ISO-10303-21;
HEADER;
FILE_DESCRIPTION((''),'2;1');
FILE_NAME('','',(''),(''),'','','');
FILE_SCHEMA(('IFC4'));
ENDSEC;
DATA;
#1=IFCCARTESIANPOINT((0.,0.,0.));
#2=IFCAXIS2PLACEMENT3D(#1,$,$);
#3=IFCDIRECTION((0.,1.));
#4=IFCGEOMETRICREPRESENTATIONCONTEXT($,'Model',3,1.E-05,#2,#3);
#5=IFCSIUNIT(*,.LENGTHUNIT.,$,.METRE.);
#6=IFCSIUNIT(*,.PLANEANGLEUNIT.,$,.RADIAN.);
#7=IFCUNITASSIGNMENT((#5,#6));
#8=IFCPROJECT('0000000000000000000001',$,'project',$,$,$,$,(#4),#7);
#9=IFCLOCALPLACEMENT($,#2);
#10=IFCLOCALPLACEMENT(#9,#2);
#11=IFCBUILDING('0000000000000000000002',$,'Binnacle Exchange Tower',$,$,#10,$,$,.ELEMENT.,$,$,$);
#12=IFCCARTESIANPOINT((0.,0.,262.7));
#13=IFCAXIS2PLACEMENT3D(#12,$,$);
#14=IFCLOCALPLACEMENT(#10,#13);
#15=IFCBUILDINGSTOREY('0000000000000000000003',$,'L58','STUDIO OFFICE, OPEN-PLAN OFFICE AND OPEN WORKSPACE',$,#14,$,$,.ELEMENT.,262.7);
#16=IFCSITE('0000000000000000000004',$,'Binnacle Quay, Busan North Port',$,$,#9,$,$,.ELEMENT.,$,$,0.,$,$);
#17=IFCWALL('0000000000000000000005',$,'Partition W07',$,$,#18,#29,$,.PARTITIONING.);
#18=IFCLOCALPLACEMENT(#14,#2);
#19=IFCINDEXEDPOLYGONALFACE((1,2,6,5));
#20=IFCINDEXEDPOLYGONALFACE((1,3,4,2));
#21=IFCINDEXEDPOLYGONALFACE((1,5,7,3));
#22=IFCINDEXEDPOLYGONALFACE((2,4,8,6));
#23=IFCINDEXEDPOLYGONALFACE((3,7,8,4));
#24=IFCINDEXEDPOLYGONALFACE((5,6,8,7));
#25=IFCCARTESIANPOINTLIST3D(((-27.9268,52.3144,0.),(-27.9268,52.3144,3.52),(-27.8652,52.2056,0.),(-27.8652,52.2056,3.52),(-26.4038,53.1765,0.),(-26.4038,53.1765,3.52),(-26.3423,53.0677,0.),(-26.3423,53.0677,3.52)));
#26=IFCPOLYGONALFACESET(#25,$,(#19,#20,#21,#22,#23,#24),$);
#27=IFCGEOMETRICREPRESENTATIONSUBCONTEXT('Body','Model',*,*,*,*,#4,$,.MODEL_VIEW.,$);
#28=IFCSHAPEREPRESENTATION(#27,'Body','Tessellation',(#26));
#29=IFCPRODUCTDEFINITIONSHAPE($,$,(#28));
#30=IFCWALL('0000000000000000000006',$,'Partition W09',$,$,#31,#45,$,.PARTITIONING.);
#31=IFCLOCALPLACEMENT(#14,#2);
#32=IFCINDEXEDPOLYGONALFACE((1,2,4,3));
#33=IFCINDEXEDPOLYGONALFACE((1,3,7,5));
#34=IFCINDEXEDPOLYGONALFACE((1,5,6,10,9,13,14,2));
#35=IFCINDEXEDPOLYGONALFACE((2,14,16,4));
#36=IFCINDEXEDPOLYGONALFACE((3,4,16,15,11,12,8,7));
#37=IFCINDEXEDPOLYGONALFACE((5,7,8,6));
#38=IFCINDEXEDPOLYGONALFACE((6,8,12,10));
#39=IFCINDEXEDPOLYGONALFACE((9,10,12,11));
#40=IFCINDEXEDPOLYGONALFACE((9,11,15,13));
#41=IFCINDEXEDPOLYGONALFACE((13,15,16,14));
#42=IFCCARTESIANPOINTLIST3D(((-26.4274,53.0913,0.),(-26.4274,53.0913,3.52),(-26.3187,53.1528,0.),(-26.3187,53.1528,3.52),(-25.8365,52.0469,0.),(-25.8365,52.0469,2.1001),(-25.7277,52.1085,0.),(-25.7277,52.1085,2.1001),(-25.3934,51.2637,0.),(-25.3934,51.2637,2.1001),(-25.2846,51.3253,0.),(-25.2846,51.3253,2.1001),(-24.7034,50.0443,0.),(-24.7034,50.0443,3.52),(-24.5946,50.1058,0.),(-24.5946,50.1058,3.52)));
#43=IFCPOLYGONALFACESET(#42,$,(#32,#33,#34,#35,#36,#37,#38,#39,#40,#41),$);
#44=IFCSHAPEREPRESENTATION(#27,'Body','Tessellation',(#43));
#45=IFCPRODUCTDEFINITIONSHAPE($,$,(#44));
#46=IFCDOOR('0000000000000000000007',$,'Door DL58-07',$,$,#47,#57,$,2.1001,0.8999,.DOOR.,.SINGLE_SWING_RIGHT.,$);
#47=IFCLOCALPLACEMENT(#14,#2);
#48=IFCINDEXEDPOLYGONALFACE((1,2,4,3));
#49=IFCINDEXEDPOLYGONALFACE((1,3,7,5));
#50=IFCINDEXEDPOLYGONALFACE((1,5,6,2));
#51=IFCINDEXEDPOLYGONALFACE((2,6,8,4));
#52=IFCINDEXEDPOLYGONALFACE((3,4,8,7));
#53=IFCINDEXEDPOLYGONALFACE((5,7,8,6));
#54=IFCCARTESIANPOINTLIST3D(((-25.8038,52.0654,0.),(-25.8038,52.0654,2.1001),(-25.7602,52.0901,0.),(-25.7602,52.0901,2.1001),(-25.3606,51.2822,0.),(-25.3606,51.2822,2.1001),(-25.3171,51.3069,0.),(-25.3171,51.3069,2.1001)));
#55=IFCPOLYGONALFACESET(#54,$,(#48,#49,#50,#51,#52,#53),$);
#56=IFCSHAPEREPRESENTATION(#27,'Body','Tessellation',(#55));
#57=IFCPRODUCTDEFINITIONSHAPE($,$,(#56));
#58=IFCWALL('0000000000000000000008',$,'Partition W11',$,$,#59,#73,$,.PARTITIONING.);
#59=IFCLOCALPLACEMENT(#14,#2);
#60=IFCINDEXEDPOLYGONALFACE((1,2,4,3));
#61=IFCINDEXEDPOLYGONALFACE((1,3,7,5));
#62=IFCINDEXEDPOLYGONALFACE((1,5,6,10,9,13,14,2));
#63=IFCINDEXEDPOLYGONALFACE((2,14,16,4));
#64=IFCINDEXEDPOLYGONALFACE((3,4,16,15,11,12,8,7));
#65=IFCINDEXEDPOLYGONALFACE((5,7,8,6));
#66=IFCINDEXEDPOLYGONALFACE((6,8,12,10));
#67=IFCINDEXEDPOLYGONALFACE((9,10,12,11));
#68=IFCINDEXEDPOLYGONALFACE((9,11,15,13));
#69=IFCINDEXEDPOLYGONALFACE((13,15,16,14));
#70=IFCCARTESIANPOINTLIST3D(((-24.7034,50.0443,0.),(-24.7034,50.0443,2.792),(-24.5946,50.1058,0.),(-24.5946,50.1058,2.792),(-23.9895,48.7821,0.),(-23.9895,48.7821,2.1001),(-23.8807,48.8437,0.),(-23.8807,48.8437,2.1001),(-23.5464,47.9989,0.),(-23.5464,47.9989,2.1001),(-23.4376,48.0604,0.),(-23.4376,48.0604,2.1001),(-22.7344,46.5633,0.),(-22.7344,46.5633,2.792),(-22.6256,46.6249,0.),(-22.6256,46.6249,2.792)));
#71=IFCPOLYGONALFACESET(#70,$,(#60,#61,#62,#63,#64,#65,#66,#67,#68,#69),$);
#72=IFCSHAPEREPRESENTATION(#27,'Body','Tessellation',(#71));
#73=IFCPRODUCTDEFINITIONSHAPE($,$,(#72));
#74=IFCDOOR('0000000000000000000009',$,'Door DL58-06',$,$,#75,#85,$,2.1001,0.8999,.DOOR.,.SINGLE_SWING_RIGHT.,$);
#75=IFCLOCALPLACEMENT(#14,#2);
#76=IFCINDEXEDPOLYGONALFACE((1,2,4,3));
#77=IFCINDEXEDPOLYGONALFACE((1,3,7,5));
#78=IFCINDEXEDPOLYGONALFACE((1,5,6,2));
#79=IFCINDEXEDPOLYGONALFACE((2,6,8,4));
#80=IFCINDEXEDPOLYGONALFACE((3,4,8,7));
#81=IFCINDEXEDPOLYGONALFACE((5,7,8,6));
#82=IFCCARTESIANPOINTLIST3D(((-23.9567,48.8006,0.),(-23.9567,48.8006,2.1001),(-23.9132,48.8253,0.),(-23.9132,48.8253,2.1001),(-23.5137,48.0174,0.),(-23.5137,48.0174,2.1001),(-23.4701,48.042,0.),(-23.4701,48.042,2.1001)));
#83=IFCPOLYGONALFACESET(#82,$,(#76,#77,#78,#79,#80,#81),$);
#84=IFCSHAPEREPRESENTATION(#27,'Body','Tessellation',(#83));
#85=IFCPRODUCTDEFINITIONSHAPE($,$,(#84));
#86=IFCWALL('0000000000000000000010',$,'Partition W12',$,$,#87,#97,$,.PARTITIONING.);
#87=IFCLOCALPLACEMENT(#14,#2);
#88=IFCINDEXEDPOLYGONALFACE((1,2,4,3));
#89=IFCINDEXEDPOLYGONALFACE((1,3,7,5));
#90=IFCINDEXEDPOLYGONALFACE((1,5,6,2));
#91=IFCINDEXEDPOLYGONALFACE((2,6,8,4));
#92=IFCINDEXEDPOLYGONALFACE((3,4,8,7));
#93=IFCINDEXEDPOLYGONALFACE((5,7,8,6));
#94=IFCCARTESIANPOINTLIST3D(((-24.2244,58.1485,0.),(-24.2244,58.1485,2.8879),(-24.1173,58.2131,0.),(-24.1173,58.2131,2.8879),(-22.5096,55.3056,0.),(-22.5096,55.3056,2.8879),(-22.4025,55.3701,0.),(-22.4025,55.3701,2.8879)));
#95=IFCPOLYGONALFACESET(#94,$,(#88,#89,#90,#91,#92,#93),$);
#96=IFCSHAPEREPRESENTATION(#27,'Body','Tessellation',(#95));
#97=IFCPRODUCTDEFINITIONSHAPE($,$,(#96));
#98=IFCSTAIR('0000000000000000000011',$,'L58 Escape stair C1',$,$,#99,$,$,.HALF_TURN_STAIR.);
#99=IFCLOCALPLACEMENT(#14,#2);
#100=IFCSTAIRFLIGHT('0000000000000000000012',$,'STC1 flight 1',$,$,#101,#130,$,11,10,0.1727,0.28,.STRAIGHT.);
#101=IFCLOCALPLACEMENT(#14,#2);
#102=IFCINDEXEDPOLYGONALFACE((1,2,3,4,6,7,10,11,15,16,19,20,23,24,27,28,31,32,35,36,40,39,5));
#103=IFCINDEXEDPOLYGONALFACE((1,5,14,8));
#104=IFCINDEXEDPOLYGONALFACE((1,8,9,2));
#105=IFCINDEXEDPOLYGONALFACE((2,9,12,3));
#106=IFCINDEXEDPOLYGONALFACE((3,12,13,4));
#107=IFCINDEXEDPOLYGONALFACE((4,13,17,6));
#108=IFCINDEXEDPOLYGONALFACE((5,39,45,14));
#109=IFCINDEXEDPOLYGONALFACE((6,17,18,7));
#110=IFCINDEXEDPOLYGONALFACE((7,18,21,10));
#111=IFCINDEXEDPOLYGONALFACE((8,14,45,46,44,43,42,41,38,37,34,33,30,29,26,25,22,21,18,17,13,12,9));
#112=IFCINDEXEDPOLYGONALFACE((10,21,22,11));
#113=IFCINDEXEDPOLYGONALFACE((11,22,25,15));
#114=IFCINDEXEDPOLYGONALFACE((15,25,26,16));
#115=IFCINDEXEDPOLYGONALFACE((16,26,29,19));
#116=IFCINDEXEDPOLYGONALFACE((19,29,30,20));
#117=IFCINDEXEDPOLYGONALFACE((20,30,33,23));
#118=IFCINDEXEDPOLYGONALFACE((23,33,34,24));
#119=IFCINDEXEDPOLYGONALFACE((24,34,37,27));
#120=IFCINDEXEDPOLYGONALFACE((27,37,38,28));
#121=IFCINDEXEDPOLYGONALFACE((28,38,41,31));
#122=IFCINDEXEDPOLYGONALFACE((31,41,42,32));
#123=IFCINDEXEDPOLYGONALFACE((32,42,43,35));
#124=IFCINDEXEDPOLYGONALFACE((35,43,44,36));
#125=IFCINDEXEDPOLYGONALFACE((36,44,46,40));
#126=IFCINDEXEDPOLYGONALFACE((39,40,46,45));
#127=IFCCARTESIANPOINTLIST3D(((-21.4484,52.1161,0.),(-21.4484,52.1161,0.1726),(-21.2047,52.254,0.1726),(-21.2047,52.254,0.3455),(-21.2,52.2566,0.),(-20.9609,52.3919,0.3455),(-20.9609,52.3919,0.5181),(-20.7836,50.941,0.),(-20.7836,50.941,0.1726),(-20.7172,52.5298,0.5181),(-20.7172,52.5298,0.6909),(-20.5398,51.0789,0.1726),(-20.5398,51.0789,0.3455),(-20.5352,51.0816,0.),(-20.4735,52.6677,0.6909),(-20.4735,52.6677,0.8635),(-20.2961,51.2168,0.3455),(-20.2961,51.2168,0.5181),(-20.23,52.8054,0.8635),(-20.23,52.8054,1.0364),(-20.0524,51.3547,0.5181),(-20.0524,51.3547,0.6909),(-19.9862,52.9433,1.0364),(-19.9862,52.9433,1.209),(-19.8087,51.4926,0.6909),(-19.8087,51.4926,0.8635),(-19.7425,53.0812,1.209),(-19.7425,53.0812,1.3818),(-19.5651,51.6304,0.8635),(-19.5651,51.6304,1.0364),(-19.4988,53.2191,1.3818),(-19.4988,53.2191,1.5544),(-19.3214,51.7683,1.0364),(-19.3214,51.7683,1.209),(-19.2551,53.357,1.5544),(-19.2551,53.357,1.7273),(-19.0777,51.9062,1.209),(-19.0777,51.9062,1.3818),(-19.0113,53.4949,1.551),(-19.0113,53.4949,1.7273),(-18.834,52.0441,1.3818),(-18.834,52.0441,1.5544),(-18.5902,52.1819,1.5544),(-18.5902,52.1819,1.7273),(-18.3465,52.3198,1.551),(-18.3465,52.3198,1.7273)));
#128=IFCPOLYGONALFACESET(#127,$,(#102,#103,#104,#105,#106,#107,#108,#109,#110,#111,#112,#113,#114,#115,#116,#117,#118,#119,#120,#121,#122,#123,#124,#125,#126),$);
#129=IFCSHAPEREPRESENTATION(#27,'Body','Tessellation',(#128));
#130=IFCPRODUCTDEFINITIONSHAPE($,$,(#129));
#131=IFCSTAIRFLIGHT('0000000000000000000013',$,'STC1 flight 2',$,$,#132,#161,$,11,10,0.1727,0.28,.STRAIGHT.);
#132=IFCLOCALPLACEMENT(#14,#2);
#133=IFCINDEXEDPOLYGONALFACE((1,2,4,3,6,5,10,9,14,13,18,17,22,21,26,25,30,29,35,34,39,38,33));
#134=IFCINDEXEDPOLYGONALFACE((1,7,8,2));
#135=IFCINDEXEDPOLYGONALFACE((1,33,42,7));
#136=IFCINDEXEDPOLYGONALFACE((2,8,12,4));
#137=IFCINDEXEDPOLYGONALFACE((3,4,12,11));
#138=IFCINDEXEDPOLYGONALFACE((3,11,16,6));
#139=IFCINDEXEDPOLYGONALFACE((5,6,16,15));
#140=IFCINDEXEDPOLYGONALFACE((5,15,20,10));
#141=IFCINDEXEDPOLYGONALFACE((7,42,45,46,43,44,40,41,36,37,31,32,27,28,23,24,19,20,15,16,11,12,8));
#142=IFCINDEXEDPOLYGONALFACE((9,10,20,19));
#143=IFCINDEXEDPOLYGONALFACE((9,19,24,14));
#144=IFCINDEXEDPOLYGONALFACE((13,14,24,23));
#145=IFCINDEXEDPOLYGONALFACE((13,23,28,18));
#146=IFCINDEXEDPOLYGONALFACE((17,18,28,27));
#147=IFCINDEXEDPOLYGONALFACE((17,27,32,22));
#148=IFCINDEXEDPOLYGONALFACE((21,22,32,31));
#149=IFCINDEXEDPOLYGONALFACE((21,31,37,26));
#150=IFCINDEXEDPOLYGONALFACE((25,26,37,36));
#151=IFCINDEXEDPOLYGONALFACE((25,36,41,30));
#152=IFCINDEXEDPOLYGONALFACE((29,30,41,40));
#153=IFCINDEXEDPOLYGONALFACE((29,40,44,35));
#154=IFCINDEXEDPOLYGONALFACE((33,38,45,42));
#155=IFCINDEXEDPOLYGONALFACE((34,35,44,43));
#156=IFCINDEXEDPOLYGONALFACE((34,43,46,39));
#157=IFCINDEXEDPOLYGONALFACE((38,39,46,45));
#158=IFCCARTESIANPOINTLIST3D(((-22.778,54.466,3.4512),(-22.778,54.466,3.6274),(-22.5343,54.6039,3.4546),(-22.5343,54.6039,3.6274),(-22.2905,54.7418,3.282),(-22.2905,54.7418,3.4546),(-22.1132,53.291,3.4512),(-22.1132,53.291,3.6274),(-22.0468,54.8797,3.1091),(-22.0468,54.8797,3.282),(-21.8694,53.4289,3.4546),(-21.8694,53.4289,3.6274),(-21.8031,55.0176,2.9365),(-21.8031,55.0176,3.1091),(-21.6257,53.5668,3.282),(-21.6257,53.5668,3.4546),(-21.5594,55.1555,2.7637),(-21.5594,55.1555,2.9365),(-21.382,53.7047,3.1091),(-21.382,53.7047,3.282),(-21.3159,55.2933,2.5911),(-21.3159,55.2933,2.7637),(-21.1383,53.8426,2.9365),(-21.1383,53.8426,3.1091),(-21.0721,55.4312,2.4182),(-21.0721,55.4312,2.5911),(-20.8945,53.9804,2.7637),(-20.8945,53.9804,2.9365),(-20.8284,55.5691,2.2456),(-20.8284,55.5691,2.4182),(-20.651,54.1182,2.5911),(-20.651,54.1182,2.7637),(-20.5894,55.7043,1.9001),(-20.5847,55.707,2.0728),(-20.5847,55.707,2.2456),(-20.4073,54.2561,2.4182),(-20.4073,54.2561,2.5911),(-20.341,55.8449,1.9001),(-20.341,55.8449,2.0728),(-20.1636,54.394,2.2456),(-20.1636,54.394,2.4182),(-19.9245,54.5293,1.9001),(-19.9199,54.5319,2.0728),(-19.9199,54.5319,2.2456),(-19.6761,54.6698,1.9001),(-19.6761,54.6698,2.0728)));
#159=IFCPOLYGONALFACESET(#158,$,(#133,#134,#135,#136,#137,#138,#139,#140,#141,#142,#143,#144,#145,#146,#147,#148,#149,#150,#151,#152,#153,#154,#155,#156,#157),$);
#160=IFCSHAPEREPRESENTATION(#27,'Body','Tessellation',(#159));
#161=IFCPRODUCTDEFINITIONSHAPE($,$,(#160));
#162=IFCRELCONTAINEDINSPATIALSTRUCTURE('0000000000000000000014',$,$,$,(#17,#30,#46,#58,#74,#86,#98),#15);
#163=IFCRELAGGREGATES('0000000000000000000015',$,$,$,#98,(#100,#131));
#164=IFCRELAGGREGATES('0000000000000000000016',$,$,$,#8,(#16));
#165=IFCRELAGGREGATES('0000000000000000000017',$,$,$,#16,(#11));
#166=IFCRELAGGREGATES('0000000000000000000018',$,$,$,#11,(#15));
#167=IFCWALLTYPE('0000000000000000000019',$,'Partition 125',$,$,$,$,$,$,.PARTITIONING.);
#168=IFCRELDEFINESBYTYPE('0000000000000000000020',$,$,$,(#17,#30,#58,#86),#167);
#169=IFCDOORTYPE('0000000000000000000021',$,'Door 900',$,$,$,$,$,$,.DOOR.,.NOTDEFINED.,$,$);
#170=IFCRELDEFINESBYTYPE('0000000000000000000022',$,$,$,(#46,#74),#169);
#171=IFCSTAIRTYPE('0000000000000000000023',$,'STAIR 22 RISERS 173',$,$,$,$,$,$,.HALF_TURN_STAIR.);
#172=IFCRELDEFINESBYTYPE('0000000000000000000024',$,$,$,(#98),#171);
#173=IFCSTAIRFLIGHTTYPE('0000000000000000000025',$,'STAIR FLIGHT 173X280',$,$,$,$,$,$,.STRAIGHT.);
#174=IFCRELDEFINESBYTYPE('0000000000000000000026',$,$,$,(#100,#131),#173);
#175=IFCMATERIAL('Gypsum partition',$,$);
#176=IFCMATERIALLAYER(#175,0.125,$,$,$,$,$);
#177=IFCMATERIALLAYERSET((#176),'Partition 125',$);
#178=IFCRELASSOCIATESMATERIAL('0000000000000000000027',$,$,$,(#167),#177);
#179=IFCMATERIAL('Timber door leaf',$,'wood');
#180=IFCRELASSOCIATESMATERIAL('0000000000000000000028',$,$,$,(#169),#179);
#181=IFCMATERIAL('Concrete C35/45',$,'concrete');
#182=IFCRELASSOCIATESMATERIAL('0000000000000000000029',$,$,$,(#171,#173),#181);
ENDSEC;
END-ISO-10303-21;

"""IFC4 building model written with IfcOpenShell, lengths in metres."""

from ifc_helpers import new_model, si_unit, direction, frame, frame_2d, origin, place, context, subcontext, project, spatial, polyline, rectangle, outline, extrude, material, layer, layer_set, type_object, element, fill, aggregate, save


model = new_model("IFC4")

# Units and contexts
model_context = context("Model", 3, precision=1e-05, world=origin(), true_north=direction((0.0, 1.0)))
body_context = subcontext(model_context, "Body", "Model", "MODEL_VIEW")
ifc_project = project(units=[si_unit("LENGTHUNIT", "METRE"), si_unit("PLANEANGLEUNIT", "RADIAN")], contexts=[model_context])

# Site, building, storey
site_placement = place(None, origin())
site = spatial("IfcSite", under=ifc_project, at=site_placement, Name="Binnacle Quay, Busan North Port", CompositionType="ELEMENT", RefElevation=0.0)
building_placement = place(site_placement, origin())
building = spatial("IfcBuilding", under=site, at=building_placement, Name="Binnacle Exchange Tower", CompositionType="ELEMENT")
storey_placement = place(building_placement, frame((0.0, 0.0, 262.7)))
storey = spatial("IfcBuildingStorey", under=building, at=storey_placement, Name="L58", Description="STUDIO OFFICE, OPEN-PLAN OFFICE AND OPEN WORKSPACE", CompositionType="ELEMENT", Elevation=262.7)

# Shared definitions
ifc_material_1 = material(Name="Gypsum partition")
ifc_layer_1 = layer(ifc_material_1, 0.125)
ifc_layer_set_1 = layer_set([ifc_layer_1], Name="Partition 125")
wall_type_1 = type_object("IfcWallType", Name="Partition 125", PredefinedType="PARTITIONING", material=ifc_layer_set_1)
ifc_material_2 = material(Name="Timber door leaf", Category="wood")
door_type_1 = type_object("IfcDoorType", Name="Door 900", OperationType="NOTDEFINED", PredefinedType="DOOR", material=ifc_material_2)

# Wall
wall_1_placement = place(storey_placement, frame((-27.896, 52.26, 0.0), z_axis=(0.0, 0.0, 1.0), x_axis=(0.870253, 0.492604, 0.0)))
element("IfcWall", 1, at=wall_1_placement, inside=storey, type_object=wall_type_1, Name="Partition W07", PredefinedType="PARTITIONING", context=body_context, shape_type="SweptSolid", body=[
    extrude(rectangle(XDim=1.75, YDim=0.125, at=frame_2d((0.875, 0.0))), origin(), (0.0, 0.0, 1.0), 3.52),
])

# Walls, openings, doors
wall_2_placement = place(storey_placement, frame((-26.373, 53.1221, 0.0), z_axis=(0.0, 0.0, 1.0), x_axis=(0.492455, -0.870338, 0.0)))
wall_2 = element("IfcWall", 2, at=wall_2_placement, inside=storey, type_object=wall_type_1, Name="Partition W09", PredefinedType="PARTITIONING", context=body_context, shape_type="SweptSolid", body=[
    extrude(rectangle(XDim=3.501, YDim=0.125, at=frame_2d((1.7505, 0.0))), origin(), (0.0, 0.0, 1.0), 3.52),
])
opening_1_placement = place(wall_2_placement, frame((1.2, 0.0, 0.0)))
opening_1 = element("IfcOpeningElement", 3, at=opening_1_placement, cuts=wall_2, PredefinedType="OPENING", context=body_context, shape_type="SweptSolid", body=[
    extrude(rectangle(XDim=0.8999, YDim=2.1001, at=frame_2d((0.45, 1.05))), frame((0.0, 0.0725, 0.0), z_axis=(0.0, -1.0, 0.0), x_axis=(1.0, 0.0, 0.0)), (0.0, 0.0, 1.0), 0.145),
])
door_1_placement = place(opening_1_placement, frame((0.8999, 0.0, 0.0), z_axis=(0.0, 0.0, 1.0), x_axis=(-1.0, 0.0, 0.0)))
door_1 = element("IfcDoor", 4, at=door_1_placement, inside=storey, type_object=door_type_1, Name="Door DL58-07", OperationType="SINGLE_SWING_RIGHT", OverallHeight=2.1001, OverallWidth=0.8999, PredefinedType="DOOR", context=body_context, shape_type="SweptSolid", body=[
    extrude(rectangle(XDim=0.8999, YDim=2.1001, at=frame_2d((0.45, 1.05))), frame((0.0, 0.0249, 0.0), z_axis=(0.0, -1.0, 0.0), x_axis=(1.0, 0.0, 0.0)), (0.0, 0.0, 1.0), 0.05),
])
fill(opening_1, door_1)
wall_3_placement = place(storey_placement, frame((-24.6489, 50.075, 0.0), z_axis=(0.0, 0.0, 1.0), x_axis=(0.492341, -0.870402, 0.0)))
wall_3 = element("IfcWall", 5, at=wall_3_placement, inside=storey, type_object=wall_type_1, Name="Partition W11", PredefinedType="PARTITIONING", context=body_context, shape_type="SweptSolid", body=[
    extrude(rectangle(XDim=3.9993, YDim=0.125, at=frame_2d((1.9995, 0.0))), origin(), (0.0, 0.0, 1.0), 2.792),
])
opening_2_placement = place(wall_3_placement, frame((1.45, 0.0, 0.0)))
opening_2 = element("IfcOpeningElement", 6, at=opening_2_placement, cuts=wall_3, PredefinedType="OPENING", context=body_context, shape_type="SweptSolid", body=[
    extrude(rectangle(XDim=0.8999, YDim=2.1001, at=frame_2d((0.45, 1.05))), frame((0.0, 0.0725, 0.0), z_axis=(0.0, -1.0, 0.0), x_axis=(1.0, 0.0, 0.0)), (0.0, 0.0, 1.0), 0.145),
])
door_2_placement = place(opening_2_placement, frame((0.8999, 0.0, 0.0), z_axis=(0.0, 0.0, 1.0), x_axis=(-1.0, 0.0, 0.0)))
door_2 = element("IfcDoor", 7, at=door_2_placement, inside=storey, type_object=door_type_1, Name="Door DL58-06", OperationType="SINGLE_SWING_RIGHT", OverallHeight=2.1001, OverallWidth=0.8999, PredefinedType="DOOR", context=body_context, shape_type="SweptSolid", body=[
    extrude(rectangle(XDim=0.8999, YDim=2.1001, at=frame_2d((0.45, 1.05))), frame((0.0, 0.0249, 0.0), z_axis=(0.0, -1.0, 0.0), x_axis=(1.0, 0.0, 0.0)), (0.0, 0.0, 1.0), 0.05),
])
fill(opening_2, door_2)

# Wall
wall_4_placement = place(storey_placement, frame((-24.1709, 58.1809, 0.0), z_axis=(0.0, 0.0, 1.0), x_axis=(0.516495, -0.85629, 0.0)))
element("IfcWall", 8, at=wall_4_placement, inside=storey, type_object=wall_type_1, Name="Partition W12", PredefinedType="PARTITIONING", context=body_context, shape_type="SweptSolid", body=[
    extrude(rectangle(XDim=3.3201, YDim=0.125, at=frame_2d((1.6602, 0.0))), origin(), (0.0, 0.0, 1.0), 2.8879),
])

# Stair, stair flights
ifc_material_3 = material(Name="Concrete C35/45", Category="concrete")
stair_type = type_object("IfcStairType", Name="STAIR 22 RISERS 173", PredefinedType="HALF_TURN_STAIR", material=ifc_material_3)
stair_placement = place(storey_placement, origin())
stair = element("IfcStair", 9, at=stair_placement, inside=storey, type_object=stair_type, Name="L58 Escape stair C1", PredefinedType="HALF_TURN_STAIR")
stair_flight_type = type_object("IfcStairFlightType", Name="STAIR FLIGHT 173X280", PredefinedType="STRAIGHT", material=ifc_material_3)
stair_flight_1_placement = place(storey_placement, frame((-21.116, 51.5286, 0.0), z_axis=(0.0, 0.0, 1.0), x_axis=(0.870356, 0.492424, 0.0)))
stair_flight_1 = element("IfcStairFlight", 10, at=stair_flight_1_placement, type_object=stair_flight_type, Name="STC1 flight 1", NumberOfRisers=11, NumberOfTreads=10, PredefinedType="STRAIGHT", RiserHeight=0.1727, TreadLength=0.28, context=body_context, shape_type="SweptSolid", body=[
    extrude(outline(polyline([(0.0, 0.0), (0.0, 0.1726), (0.28, 0.1726), (0.28, 0.3455), (0.5601, 0.3455), (0.5601, 0.5181), (0.8401, 0.5181), (0.8401, 0.6909), (1.1201, 0.6909), (1.1201, 0.8635), (1.3999, 0.8635), (1.3999, 1.0364), (1.6799, 1.0364), (1.6799, 1.209), (1.96, 1.209), (1.96, 1.3818), (2.24, 1.3818), (2.24, 1.5544), (2.52, 1.5544), (2.52, 1.7273), (2.8, 1.7273), (2.8, 1.8999), (2.8, 1.551), (0.2854, 0.0), (0.0, 0.0)])), frame((0.0, 0.675, 0.0), z_axis=(0.0, -1.0, 0.0), x_axis=(1.0, 0.0, 0.0)), (0.0, 0.0, 1.0), 1.3501),
])
stair_flight_2_placement = place(storey_placement, frame((-20.0085, 55.2573, 1.9001), z_axis=(0.0, 0.0, 1.0), x_axis=(-0.870356, -0.492424, 0.0)))
stair_flight_2 = element("IfcStairFlight", 11, at=stair_flight_2_placement, type_object=stair_flight_type, Name="STC1 flight 2", NumberOfRisers=11, NumberOfTreads=10, PredefinedType="STRAIGHT", RiserHeight=0.1727, TreadLength=0.28, context=body_context, shape_type="SweptSolid", body=[
    extrude(outline(polyline([(0.0, 0.0), (0.0, 0.1726), (0.28, 0.1726), (0.28, 0.3455), (0.5601, 0.3455), (0.5601, 0.5181), (0.8401, 0.5181), (0.8401, 0.6909), (1.1201, 0.6909), (1.1201, 0.8635), (1.3999, 0.8635), (1.3999, 1.0364), (1.6799, 1.0364), (1.6799, 1.209), (1.96, 1.209), (1.96, 1.3818), (2.24, 1.3818), (2.24, 1.5544), (2.52, 1.5544), (2.52, 1.7273), (2.8, 1.7273), (2.8, 1.8999), (2.8, 1.551), (0.2854, 0.0), (0.0, 0.0)])), frame((0.0, 0.675, 0.0), z_axis=(0.0, -1.0, 0.0), x_axis=(1.0, 0.0, 0.0)), (0.0, 0.0, 1.0), 1.3501),
])
aggregate(stair, [stair_flight_1, stair_flight_2])

save(model, "model.ifc")
